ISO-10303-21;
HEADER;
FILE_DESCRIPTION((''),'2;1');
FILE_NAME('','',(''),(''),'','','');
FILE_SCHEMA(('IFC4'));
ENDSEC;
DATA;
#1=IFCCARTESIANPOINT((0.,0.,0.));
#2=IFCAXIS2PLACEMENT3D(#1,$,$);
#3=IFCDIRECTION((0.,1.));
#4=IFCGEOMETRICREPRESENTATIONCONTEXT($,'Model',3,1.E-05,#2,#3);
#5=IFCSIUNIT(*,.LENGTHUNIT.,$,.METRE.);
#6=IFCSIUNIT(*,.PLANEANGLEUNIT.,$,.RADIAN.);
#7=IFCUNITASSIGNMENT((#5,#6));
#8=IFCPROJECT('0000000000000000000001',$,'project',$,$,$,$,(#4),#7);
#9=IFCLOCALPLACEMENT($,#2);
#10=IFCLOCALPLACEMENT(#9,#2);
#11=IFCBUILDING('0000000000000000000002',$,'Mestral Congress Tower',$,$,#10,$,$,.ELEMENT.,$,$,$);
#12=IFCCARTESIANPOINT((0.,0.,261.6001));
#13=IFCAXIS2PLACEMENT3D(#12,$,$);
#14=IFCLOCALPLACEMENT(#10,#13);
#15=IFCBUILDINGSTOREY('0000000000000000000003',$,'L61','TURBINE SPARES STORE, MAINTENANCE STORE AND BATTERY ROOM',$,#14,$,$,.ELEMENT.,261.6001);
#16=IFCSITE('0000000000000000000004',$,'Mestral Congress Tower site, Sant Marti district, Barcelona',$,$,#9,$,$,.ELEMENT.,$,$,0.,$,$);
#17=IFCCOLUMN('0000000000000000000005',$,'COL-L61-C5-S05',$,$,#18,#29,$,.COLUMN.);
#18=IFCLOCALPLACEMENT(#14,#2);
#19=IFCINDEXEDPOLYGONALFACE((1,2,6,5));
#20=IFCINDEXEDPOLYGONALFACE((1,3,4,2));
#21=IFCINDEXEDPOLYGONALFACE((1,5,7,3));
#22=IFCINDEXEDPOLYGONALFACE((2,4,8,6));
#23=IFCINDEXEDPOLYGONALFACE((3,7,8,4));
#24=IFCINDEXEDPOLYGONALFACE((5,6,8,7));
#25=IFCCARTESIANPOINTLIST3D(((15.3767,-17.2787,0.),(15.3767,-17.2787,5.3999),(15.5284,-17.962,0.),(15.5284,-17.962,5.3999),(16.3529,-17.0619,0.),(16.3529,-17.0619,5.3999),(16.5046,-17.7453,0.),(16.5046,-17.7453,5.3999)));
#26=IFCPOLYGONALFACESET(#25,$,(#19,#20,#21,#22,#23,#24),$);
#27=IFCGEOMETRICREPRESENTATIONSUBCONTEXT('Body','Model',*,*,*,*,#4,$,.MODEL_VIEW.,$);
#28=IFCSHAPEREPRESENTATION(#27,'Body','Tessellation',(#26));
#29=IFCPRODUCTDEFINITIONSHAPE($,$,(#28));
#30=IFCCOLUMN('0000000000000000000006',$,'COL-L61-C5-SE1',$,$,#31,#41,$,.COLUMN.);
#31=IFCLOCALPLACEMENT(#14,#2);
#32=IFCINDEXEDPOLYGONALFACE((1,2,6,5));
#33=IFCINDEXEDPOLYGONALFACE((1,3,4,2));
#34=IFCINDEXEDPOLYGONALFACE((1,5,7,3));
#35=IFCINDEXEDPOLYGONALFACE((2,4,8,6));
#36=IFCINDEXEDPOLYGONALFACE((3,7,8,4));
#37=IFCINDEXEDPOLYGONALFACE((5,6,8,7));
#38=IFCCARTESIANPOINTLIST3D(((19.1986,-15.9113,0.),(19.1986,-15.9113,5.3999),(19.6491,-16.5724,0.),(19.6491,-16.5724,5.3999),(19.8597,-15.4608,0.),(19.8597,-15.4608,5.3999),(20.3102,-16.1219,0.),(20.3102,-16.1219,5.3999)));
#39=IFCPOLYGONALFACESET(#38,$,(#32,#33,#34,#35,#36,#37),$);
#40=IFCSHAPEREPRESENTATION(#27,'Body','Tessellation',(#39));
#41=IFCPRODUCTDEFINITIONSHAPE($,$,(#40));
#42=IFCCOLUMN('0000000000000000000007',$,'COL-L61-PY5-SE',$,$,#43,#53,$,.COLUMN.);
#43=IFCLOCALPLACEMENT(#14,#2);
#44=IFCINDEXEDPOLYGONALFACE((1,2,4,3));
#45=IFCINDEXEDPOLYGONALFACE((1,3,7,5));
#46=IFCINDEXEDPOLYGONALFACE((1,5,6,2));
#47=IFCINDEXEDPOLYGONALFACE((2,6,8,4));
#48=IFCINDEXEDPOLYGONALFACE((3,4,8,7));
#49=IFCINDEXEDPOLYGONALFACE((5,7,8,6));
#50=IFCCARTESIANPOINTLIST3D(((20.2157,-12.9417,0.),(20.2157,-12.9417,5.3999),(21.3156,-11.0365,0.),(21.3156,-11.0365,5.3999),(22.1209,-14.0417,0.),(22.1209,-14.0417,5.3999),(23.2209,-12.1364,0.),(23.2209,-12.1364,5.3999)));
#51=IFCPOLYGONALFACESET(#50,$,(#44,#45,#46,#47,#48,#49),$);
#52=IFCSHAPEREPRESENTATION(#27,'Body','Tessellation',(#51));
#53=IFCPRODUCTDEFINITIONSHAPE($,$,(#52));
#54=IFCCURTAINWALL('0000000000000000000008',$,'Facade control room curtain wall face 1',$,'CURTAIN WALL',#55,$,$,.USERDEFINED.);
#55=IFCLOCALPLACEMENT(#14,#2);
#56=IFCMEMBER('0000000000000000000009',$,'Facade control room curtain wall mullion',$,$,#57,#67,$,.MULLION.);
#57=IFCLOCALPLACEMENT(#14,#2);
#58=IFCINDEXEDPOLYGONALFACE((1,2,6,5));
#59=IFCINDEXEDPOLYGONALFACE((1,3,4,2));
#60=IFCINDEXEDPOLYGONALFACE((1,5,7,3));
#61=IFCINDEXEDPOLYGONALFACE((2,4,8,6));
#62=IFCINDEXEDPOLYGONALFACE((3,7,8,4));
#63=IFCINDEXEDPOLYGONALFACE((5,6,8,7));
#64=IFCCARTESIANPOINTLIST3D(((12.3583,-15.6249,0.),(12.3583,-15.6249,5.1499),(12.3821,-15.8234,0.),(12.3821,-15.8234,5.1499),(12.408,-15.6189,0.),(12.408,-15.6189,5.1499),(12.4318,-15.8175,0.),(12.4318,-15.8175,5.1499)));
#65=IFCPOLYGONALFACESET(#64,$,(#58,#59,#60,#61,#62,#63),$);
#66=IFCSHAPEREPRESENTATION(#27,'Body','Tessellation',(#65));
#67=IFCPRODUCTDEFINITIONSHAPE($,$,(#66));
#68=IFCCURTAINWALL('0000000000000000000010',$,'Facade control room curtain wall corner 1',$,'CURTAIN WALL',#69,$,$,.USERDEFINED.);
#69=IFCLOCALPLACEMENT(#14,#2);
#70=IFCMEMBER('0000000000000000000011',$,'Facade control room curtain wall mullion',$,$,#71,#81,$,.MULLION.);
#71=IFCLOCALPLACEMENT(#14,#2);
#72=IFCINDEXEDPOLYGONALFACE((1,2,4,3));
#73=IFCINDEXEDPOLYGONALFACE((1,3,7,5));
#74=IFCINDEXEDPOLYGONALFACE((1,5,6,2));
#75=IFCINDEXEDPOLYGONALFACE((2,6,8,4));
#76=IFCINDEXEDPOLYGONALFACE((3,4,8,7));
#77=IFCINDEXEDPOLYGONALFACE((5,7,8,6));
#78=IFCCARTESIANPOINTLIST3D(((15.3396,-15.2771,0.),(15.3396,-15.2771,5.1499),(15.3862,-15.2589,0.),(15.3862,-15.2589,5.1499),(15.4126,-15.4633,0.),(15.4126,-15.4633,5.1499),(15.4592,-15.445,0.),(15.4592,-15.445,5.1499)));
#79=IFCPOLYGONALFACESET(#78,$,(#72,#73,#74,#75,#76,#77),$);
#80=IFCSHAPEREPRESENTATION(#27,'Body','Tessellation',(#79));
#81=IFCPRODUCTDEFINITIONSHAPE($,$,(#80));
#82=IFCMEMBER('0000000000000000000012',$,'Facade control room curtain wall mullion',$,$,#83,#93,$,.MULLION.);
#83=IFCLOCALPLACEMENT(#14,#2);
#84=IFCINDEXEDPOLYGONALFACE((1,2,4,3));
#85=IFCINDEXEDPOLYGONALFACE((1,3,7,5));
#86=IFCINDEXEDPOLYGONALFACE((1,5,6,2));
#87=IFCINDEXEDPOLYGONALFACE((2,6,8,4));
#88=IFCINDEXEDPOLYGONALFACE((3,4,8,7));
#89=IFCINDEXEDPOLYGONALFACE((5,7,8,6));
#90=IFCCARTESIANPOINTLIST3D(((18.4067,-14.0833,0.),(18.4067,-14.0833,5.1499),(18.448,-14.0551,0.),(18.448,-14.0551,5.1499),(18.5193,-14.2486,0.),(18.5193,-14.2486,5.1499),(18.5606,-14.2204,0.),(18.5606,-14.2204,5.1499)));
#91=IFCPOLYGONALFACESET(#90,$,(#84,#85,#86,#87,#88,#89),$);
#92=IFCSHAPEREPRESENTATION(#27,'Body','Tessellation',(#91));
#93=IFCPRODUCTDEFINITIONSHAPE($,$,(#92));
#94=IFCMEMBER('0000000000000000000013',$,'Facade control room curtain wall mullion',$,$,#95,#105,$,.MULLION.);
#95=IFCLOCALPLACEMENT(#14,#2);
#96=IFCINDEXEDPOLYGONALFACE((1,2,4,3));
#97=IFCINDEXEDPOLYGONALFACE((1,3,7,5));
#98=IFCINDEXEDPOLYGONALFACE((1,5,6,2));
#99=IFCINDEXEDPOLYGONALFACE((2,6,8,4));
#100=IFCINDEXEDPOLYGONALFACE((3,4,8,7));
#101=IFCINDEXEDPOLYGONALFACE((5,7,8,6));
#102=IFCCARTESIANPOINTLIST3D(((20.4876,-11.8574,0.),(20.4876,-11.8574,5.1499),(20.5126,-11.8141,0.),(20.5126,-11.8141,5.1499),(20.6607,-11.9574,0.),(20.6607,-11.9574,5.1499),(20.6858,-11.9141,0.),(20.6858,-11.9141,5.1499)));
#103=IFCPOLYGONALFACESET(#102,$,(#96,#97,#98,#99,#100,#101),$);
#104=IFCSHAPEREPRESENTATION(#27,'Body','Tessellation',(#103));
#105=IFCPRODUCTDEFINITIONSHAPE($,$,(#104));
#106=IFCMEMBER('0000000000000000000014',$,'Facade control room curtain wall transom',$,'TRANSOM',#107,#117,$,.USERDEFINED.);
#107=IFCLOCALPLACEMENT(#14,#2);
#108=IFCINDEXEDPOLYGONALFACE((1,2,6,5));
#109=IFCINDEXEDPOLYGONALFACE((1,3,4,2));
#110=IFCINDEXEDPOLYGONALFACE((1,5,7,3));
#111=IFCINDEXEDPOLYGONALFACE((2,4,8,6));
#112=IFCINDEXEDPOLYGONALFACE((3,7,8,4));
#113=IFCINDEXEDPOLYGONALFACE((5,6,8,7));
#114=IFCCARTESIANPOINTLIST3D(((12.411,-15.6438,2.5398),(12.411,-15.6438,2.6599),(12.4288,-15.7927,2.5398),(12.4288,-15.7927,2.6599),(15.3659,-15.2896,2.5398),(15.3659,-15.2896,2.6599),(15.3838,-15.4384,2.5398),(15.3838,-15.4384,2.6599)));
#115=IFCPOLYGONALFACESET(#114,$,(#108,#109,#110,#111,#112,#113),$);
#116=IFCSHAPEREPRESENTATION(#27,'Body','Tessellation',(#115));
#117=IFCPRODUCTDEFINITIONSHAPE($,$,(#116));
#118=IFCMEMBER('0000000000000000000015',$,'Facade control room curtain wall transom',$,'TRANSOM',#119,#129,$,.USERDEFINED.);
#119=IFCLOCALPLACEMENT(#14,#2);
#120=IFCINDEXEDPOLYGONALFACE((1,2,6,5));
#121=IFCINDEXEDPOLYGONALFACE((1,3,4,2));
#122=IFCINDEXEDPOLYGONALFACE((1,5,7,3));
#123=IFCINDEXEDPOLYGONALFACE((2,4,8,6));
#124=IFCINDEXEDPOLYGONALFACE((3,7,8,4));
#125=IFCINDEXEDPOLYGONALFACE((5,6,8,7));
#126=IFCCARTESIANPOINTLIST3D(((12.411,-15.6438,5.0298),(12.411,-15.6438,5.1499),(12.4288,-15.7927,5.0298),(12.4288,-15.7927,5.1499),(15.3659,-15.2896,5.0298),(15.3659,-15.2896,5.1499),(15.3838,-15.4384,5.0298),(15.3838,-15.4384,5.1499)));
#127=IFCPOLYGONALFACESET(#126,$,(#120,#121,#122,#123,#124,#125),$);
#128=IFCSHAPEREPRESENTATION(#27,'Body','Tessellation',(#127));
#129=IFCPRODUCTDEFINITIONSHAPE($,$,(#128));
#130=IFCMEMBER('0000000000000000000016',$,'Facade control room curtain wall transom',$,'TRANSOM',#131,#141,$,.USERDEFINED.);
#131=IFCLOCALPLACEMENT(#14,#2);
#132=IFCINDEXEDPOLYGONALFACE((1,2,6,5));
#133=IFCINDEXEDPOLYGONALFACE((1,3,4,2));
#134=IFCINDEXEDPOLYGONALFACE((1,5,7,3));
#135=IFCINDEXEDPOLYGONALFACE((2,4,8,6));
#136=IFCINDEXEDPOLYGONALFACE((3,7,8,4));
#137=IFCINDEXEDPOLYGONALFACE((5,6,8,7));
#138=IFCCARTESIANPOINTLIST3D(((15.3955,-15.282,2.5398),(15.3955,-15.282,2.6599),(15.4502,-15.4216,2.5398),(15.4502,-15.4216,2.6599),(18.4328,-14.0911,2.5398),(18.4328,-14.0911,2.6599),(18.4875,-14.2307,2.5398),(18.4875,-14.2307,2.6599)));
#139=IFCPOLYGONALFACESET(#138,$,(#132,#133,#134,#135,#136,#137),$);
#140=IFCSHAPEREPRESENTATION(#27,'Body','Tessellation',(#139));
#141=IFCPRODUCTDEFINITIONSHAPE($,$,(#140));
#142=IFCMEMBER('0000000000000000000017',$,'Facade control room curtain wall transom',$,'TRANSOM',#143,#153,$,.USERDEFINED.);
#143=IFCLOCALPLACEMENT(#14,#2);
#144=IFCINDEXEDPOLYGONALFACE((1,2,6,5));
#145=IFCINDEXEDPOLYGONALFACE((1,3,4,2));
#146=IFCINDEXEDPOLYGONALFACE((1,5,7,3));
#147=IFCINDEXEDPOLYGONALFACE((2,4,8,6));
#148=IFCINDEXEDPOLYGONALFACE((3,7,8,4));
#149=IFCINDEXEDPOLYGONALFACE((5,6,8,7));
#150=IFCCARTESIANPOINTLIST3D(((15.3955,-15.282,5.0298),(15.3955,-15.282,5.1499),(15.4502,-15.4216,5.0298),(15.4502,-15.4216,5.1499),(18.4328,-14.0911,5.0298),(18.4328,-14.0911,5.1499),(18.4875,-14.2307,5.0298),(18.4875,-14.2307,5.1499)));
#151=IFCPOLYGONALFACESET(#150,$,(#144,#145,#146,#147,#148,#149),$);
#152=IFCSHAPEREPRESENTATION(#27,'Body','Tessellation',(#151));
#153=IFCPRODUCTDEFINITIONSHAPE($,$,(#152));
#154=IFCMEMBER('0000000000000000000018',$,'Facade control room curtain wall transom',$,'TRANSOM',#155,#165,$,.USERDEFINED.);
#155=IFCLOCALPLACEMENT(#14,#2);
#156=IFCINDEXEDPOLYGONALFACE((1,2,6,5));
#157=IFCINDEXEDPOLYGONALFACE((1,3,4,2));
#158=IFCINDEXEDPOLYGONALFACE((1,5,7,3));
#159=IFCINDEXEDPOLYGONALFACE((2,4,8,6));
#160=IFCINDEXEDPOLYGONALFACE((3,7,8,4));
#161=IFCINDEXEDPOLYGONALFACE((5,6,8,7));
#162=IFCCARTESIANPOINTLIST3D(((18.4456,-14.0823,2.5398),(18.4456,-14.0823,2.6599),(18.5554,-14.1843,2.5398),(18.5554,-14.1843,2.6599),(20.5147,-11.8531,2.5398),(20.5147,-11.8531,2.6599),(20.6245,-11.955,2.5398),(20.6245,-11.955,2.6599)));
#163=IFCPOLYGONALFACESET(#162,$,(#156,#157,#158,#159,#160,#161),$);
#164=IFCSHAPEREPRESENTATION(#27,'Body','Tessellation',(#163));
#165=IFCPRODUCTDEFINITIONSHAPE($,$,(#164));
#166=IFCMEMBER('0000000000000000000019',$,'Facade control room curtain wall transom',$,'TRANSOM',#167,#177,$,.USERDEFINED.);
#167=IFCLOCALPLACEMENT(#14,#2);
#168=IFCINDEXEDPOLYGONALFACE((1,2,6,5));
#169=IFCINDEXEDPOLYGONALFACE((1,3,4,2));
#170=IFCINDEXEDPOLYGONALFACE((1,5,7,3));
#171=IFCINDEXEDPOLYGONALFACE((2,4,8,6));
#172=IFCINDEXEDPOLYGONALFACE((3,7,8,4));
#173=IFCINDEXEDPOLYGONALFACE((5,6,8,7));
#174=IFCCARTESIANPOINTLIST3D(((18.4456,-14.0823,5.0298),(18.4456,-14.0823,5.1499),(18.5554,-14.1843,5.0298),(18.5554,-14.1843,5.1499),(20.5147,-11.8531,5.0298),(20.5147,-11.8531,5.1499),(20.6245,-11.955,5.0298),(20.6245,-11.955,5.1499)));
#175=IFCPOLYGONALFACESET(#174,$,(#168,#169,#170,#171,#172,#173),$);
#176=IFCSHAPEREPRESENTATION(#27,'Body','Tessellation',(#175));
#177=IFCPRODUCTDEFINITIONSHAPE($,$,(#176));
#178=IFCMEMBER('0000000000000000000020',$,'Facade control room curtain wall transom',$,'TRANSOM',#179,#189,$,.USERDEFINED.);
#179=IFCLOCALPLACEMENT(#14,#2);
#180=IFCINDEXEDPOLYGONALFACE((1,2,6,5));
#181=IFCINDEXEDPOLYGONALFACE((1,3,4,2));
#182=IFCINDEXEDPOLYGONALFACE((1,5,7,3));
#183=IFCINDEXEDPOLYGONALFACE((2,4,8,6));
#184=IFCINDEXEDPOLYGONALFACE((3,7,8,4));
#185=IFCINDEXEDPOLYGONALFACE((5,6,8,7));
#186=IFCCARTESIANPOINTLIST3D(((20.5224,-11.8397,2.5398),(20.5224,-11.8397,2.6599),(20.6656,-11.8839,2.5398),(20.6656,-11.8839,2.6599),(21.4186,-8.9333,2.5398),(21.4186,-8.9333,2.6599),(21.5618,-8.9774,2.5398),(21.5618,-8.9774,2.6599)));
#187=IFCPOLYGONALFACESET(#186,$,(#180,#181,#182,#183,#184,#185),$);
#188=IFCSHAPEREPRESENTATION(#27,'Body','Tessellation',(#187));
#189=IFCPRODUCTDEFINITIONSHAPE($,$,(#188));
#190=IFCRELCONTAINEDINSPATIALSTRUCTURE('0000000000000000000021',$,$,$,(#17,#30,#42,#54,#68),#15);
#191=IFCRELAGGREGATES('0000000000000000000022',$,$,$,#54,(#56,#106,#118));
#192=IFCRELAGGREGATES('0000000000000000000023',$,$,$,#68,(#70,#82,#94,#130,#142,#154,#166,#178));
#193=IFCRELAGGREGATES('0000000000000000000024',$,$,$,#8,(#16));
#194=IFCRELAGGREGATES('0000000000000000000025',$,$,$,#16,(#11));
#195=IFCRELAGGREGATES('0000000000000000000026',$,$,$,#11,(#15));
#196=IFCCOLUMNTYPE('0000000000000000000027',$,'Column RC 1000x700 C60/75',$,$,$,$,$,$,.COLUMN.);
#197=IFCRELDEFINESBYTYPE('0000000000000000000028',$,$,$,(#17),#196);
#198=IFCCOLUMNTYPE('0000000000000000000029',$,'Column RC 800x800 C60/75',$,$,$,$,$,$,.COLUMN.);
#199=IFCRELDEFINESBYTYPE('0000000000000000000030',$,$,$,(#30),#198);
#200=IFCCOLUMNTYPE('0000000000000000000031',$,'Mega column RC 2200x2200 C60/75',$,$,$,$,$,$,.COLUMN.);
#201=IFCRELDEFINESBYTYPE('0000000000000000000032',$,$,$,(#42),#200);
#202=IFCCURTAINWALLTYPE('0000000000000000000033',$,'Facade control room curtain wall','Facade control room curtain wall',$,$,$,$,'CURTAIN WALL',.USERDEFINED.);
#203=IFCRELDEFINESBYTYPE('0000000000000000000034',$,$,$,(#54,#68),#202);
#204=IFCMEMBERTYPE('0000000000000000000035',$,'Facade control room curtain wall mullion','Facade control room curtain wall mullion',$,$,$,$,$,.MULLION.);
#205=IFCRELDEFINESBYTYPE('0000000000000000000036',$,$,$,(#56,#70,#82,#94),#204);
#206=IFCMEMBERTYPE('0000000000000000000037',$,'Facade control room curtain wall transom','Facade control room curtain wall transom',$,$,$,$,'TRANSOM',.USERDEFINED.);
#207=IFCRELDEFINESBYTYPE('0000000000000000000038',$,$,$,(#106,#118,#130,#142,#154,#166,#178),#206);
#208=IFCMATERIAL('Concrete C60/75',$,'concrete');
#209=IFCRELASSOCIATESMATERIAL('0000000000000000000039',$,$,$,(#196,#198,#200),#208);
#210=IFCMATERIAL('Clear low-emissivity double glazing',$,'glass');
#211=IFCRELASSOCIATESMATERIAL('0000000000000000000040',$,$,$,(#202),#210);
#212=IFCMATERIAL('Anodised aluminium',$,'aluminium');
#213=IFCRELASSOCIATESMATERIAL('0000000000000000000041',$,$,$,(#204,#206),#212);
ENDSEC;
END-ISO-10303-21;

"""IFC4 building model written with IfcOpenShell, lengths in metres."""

from ifc_helpers import new_model, si_unit, direction, frame, origin, origin_2d, place, context, subcontext, project, spatial, rectangle, extrude, material, material_profile, profile_set, type_object, element, aggregate, save


model = new_model("IFC4")

# Units and contexts
model_context = context("Model", 3, precision=1e-05, world=origin(), true_north=direction((0.0, 1.0)))
body_context = subcontext(model_context, "Body", "Model", "MODEL_VIEW")
ifc_project = project(units=[si_unit("LENGTHUNIT", "METRE"), si_unit("PLANEANGLEUNIT", "RADIAN")], contexts=[model_context])

# Site, building, storey
site_placement = place(None, origin())
site = spatial("IfcSite", under=ifc_project, at=site_placement, Name="Mestral Congress Tower site, Sant Marti district, Barcelona", CompositionType="ELEMENT", RefElevation=0.0)
building_placement = place(site_placement, origin())
building = spatial("IfcBuilding", under=site, at=building_placement, Name="Mestral Congress Tower", CompositionType="ELEMENT")
storey_placement = place(building_placement, frame((0.0, 0.0, 261.6001)))
storey = spatial("IfcBuildingStorey", under=building, at=storey_placement, Name="L61", Description="TURBINE SPARES STORE, MAINTENANCE STORE AND BATTERY ROOM", CompositionType="ELEMENT", Elevation=261.6001)

# Columns
ifc_material_1 = material(Name="Concrete C60/75", Category="concrete")
ifc_material_profile_1 = material_profile(ifc_material_1, rectangle(XDim=1.0, YDim=0.7, at=origin_2d()), Name="RC 1000x700")
ifc_profile_set_1 = profile_set([ifc_material_profile_1], Name="Concrete C60/75")
column_type_1 = type_object("IfcColumnType", Name="Column RC 1000x700 C60/75", PredefinedType="COLUMN", material=ifc_profile_set_1)
column_1_placement = place(storey_placement, frame((15.9407, -17.512, 0.0), z_axis=(0.0, 0.0, 1.0), x_axis=(0.976234, 0.216721, 0.0)))
element("IfcColumn", 1, at=column_1_placement, inside=storey, type_object=column_type_1, Name="COL-L61-C5-S05", PredefinedType="COLUMN", context=body_context, shape_type="SweptSolid", body=[
    extrude(rectangle(XDim=1.0, YDim=0.7, at=origin_2d()), origin(), (0.0, 0.0, 1.0), 5.3999),
])
ifc_material_profile_2 = material_profile(ifc_material_1, rectangle(XDim=0.8, YDim=0.8, at=origin_2d()), Name="RC 800x800")
ifc_profile_set_2 = profile_set([ifc_material_profile_2], Name="Concrete C60/75")
column_type_2 = type_object("IfcColumnType", Name="Column RC 800x800 C60/75", PredefinedType="COLUMN", material=ifc_profile_set_2)
column_2_placement = place(storey_placement, frame((19.7544, -16.0166, 0.0), z_axis=(0.0, 0.0, 1.0), x_axis=(0.826363, 0.563138, 0.0)))
element("IfcColumn", 2, at=column_2_placement, inside=storey, type_object=column_type_2, Name="COL-L61-C5-SE1", PredefinedType="COLUMN", context=body_context, shape_type="SweptSolid", body=[
    extrude(rectangle(XDim=0.8, YDim=0.8, at=origin_2d()), origin(), (0.0, 0.0, 1.0), 5.3999),
])
ifc_material_profile_3 = material_profile(ifc_material_1, rectangle(XDim=2.2, YDim=2.2, at=origin_2d()), Name="RC 2200x2200")
ifc_profile_set_3 = profile_set([ifc_material_profile_3], Name="Concrete C60/75")
column_type_3 = type_object("IfcColumnType", Name="Mega column RC 2200x2200 C60/75", PredefinedType="COLUMN", material=ifc_profile_set_3)
column_3_placement = place(storey_placement, frame((21.7183, -12.5391, 0.0), z_axis=(0.0, 0.0, 1.0), x_axis=(0.866025, -0.5, 0.0)))
element("IfcColumn", 3, at=column_3_placement, inside=storey, type_object=column_type_3, Name="COL-L61-PY5-SE", PredefinedType="COLUMN", context=body_context, shape_type="SweptSolid", body=[
    extrude(rectangle(XDim=2.2, YDim=2.2, at=origin_2d()), origin(), (0.0, 0.0, 1.0), 5.3999),
])

# Curtain wall, member
ifc_material_2 = material(Name="Clear low-emissivity double glazing", Category="glass")
curtain_wall_type = type_object("IfcCurtainWallType", Name="Facade control room curtain wall", Description="Facade control room curtain wall", ElementType="CURTAIN WALL", PredefinedType="USERDEFINED", material=ifc_material_2)
placement = place(storey_placement, origin())
curtain_wall_1 = element("IfcCurtainWall", 4, at=placement, inside=storey, type_object=curtain_wall_type, Name="Facade control room curtain wall face 1", ObjectType="CURTAIN WALL", PredefinedType="USERDEFINED")
ifc_material_3 = material(Name="Anodised aluminium", Category="aluminium")
ifc_material_profile_4 = material_profile(ifc_material_3, rectangle(XDim=0.2, YDim=0.05, at=origin_2d()), Name="CW5 mullion 200 x 50")
ifc_profile_set_4 = profile_set([ifc_material_profile_4], Name="Anodised aluminium")
member_type_1 = type_object("IfcMemberType", Name="Facade control room curtain wall mullion", Description="Facade control room curtain wall mullion", PredefinedType="MULLION", material=ifc_profile_set_4)
member_1_placement = place(storey_placement, frame((12.395, -15.7212, 0.0), z_axis=(0.0, 0.0, 1.0), x_axis=(0.119045, -0.992889, 0.0)))
member_1 = element("IfcMember", 5, at=member_1_placement, type_object=member_type_1, Name="Facade control room curtain wall mullion", PredefinedType="MULLION", context=body_context, shape_type="SweptSolid", body=[
    extrude(rectangle(XDim=0.2, YDim=0.05, at=origin_2d()), origin(), (0.0, 0.0, 1.0), 5.1499),
])

# Curtain wall, members
curtain_wall_2 = element("IfcCurtainWall", 6, at=placement, inside=storey, type_object=curtain_wall_type, Name="Facade control room curtain wall corner 1", ObjectType="CURTAIN WALL", PredefinedType="USERDEFINED")
member_2_placement = place(storey_placement, frame((15.3994, -15.3611, 0.0), z_axis=(0.0, 0.0, 1.0), x_axis=(0.365034, -0.930994, 0.0)))
member_2 = element("IfcMember", 7, at=member_2_placement, type_object=member_type_1, Name="Facade control room curtain wall mullion", PredefinedType="MULLION", context=body_context, shape_type="SweptSolid", body=[
    extrude(rectangle(XDim=0.2, YDim=0.05, at=origin_2d()), origin(), (0.0, 0.0, 1.0), 5.1499),
])
member_3_placement = place(storey_placement, frame((18.4836, -14.1519, 0.0), z_axis=(0.0, 0.0, 1.0), x_axis=(0.563138, -0.826363, 0.0)))
member_3 = element("IfcMember", 8, at=member_3_placement, type_object=member_type_1, Name="Facade control room curtain wall mullion", PredefinedType="MULLION", context=body_context, shape_type="SweptSolid", body=[
    extrude(rectangle(XDim=0.2, YDim=0.05, at=origin_2d()), origin(), (0.0, 0.0, 1.0), 5.1499),
])
member_4_placement = place(storey_placement, frame((20.5867, -11.8857, 0.0), z_axis=(0.0, 0.0, 1.0), x_axis=(0.866025, -0.5, 0.0)))
member_4 = element("IfcMember", 9, at=member_4_placement, type_object=member_type_1, Name="Facade control room curtain wall mullion", PredefinedType="MULLION", context=body_context, shape_type="SweptSolid", body=[
    extrude(rectangle(XDim=0.2, YDim=0.05, at=origin_2d()), origin(), (0.0, 0.0, 1.0), 5.1499),
])

# Members
ifc_material_profile_5 = material_profile(ifc_material_3, rectangle(XDim=0.1499, YDim=0.1201, at=origin_2d()), Name="CW5 transom 150 x 120")
ifc_profile_set_5 = profile_set([ifc_material_profile_5], Name="Anodised aluminium")
member_type_2 = type_object("IfcMemberType", Name="Facade control room curtain wall transom", Description="Facade control room curtain wall transom", ElementType="TRANSOM", PredefinedType="USERDEFINED", material=ifc_profile_set_5)
member_5_placement = place(storey_placement, frame((12.4199, -15.7183, 2.5999), z_axis=(0.99289, 0.119035, 0.0), x_axis=(-0.119035, 0.99289, 0.0)))
member_5 = element("IfcMember", 10, at=member_5_placement, type_object=member_type_2, Name="Facade control room curtain wall transom", ObjectType="TRANSOM", PredefinedType="USERDEFINED", context=body_context, shape_type="SweptSolid", body=[
    extrude(rectangle(XDim=0.1499, YDim=0.1201, at=origin_2d()), origin(), (0.0, 0.0, 1.0), 2.9761),
])
member_6_placement = place(storey_placement, frame((12.4199, -15.7183, 5.0898), z_axis=(0.99289, 0.119035, 0.0), x_axis=(-0.119035, 0.99289, 0.0)))
member_6 = element("IfcMember", 11, at=member_6_placement, type_object=member_type_2, Name="Facade control room curtain wall transom", ObjectType="TRANSOM", PredefinedType="USERDEFINED", context=body_context, shape_type="SweptSolid", body=[
    extrude(rectangle(XDim=0.1499, YDim=0.1201, at=origin_2d()), origin(), (0.0, 0.0, 1.0), 2.9761),
])
member_7_placement = place(storey_placement, frame((15.4229, -15.3518, 2.5999), z_axis=(0.930994, 0.365034, 0.0), x_axis=(-0.365034, 0.930994, 0.0)))
member_7 = element("IfcMember", 12, at=member_7_placement, type_object=member_type_2, Name="Facade control room curtain wall transom", ObjectType="TRANSOM", PredefinedType="USERDEFINED", context=body_context, shape_type="SweptSolid", body=[
    extrude(rectangle(XDim=0.1499, YDim=0.1201, at=origin_2d()), origin(), (0.0, 0.0, 1.0), 3.2625),
])
member_8_placement = place(storey_placement, frame((15.4229, -15.3518, 5.0898), z_axis=(0.930994, 0.365034, 0.0), x_axis=(-0.365034, 0.930994, 0.0)))
member_8 = element("IfcMember", 13, at=member_8_placement, type_object=member_type_2, Name="Facade control room curtain wall transom", ObjectType="TRANSOM", PredefinedType="USERDEFINED", context=body_context, shape_type="SweptSolid", body=[
    extrude(rectangle(XDim=0.1499, YDim=0.1201, at=origin_2d()), origin(), (0.0, 0.0, 1.0), 3.2625),
])
member_9_placement = place(storey_placement, frame((18.5005, -14.1333, 2.5999), z_axis=(0.680288, 0.732945, 0.0), x_axis=(-0.732945, 0.680288, 0.0)))
member_9 = element("IfcMember", 14, at=member_9_placement, type_object=member_type_2, Name="Facade control room curtain wall transom", ObjectType="TRANSOM", PredefinedType="USERDEFINED", context=body_context, shape_type="SweptSolid", body=[
    extrude(rectangle(XDim=0.1499, YDim=0.1201, at=origin_2d()), origin(), (0.0, 0.0, 1.0), 3.0415),
])
member_10_placement = place(storey_placement, frame((18.5005, -14.1333, 5.0898), z_axis=(0.680288, 0.732945, 0.0), x_axis=(-0.732945, 0.680288, 0.0)))
member_10 = element("IfcMember", 15, at=member_10_placement, type_object=member_type_2, Name="Facade control room curtain wall transom", ObjectType="TRANSOM", PredefinedType="USERDEFINED", context=body_context, shape_type="SweptSolid", body=[
    extrude(rectangle(XDim=0.1499, YDim=0.1201, at=origin_2d()), origin(), (0.0, 0.0, 1.0), 3.0415),
])
member_11_placement = place(storey_placement, frame((20.594, -11.8618, 2.5999), z_axis=(0.294667, 0.9556, 0.0), x_axis=(-0.9556, 0.294667, 0.0)))
member_11 = element("IfcMember", 16, at=member_11_placement, type_object=member_type_2, Name="Facade control room curtain wall transom", ObjectType="TRANSOM", PredefinedType="USERDEFINED", context=body_context, shape_type="SweptSolid", body=[
    extrude(rectangle(XDim=0.1499, YDim=0.1201, at=origin_2d()), origin(), (0.0, 0.0, 1.0), 3.0415),
])

aggregate(curtain_wall_1, [member_1, member_5, member_6])
aggregate(curtain_wall_2, [member_2, member_3, member_4, member_7, member_8, member_9, member_10, member_11])

save(model, "model.ifc")
